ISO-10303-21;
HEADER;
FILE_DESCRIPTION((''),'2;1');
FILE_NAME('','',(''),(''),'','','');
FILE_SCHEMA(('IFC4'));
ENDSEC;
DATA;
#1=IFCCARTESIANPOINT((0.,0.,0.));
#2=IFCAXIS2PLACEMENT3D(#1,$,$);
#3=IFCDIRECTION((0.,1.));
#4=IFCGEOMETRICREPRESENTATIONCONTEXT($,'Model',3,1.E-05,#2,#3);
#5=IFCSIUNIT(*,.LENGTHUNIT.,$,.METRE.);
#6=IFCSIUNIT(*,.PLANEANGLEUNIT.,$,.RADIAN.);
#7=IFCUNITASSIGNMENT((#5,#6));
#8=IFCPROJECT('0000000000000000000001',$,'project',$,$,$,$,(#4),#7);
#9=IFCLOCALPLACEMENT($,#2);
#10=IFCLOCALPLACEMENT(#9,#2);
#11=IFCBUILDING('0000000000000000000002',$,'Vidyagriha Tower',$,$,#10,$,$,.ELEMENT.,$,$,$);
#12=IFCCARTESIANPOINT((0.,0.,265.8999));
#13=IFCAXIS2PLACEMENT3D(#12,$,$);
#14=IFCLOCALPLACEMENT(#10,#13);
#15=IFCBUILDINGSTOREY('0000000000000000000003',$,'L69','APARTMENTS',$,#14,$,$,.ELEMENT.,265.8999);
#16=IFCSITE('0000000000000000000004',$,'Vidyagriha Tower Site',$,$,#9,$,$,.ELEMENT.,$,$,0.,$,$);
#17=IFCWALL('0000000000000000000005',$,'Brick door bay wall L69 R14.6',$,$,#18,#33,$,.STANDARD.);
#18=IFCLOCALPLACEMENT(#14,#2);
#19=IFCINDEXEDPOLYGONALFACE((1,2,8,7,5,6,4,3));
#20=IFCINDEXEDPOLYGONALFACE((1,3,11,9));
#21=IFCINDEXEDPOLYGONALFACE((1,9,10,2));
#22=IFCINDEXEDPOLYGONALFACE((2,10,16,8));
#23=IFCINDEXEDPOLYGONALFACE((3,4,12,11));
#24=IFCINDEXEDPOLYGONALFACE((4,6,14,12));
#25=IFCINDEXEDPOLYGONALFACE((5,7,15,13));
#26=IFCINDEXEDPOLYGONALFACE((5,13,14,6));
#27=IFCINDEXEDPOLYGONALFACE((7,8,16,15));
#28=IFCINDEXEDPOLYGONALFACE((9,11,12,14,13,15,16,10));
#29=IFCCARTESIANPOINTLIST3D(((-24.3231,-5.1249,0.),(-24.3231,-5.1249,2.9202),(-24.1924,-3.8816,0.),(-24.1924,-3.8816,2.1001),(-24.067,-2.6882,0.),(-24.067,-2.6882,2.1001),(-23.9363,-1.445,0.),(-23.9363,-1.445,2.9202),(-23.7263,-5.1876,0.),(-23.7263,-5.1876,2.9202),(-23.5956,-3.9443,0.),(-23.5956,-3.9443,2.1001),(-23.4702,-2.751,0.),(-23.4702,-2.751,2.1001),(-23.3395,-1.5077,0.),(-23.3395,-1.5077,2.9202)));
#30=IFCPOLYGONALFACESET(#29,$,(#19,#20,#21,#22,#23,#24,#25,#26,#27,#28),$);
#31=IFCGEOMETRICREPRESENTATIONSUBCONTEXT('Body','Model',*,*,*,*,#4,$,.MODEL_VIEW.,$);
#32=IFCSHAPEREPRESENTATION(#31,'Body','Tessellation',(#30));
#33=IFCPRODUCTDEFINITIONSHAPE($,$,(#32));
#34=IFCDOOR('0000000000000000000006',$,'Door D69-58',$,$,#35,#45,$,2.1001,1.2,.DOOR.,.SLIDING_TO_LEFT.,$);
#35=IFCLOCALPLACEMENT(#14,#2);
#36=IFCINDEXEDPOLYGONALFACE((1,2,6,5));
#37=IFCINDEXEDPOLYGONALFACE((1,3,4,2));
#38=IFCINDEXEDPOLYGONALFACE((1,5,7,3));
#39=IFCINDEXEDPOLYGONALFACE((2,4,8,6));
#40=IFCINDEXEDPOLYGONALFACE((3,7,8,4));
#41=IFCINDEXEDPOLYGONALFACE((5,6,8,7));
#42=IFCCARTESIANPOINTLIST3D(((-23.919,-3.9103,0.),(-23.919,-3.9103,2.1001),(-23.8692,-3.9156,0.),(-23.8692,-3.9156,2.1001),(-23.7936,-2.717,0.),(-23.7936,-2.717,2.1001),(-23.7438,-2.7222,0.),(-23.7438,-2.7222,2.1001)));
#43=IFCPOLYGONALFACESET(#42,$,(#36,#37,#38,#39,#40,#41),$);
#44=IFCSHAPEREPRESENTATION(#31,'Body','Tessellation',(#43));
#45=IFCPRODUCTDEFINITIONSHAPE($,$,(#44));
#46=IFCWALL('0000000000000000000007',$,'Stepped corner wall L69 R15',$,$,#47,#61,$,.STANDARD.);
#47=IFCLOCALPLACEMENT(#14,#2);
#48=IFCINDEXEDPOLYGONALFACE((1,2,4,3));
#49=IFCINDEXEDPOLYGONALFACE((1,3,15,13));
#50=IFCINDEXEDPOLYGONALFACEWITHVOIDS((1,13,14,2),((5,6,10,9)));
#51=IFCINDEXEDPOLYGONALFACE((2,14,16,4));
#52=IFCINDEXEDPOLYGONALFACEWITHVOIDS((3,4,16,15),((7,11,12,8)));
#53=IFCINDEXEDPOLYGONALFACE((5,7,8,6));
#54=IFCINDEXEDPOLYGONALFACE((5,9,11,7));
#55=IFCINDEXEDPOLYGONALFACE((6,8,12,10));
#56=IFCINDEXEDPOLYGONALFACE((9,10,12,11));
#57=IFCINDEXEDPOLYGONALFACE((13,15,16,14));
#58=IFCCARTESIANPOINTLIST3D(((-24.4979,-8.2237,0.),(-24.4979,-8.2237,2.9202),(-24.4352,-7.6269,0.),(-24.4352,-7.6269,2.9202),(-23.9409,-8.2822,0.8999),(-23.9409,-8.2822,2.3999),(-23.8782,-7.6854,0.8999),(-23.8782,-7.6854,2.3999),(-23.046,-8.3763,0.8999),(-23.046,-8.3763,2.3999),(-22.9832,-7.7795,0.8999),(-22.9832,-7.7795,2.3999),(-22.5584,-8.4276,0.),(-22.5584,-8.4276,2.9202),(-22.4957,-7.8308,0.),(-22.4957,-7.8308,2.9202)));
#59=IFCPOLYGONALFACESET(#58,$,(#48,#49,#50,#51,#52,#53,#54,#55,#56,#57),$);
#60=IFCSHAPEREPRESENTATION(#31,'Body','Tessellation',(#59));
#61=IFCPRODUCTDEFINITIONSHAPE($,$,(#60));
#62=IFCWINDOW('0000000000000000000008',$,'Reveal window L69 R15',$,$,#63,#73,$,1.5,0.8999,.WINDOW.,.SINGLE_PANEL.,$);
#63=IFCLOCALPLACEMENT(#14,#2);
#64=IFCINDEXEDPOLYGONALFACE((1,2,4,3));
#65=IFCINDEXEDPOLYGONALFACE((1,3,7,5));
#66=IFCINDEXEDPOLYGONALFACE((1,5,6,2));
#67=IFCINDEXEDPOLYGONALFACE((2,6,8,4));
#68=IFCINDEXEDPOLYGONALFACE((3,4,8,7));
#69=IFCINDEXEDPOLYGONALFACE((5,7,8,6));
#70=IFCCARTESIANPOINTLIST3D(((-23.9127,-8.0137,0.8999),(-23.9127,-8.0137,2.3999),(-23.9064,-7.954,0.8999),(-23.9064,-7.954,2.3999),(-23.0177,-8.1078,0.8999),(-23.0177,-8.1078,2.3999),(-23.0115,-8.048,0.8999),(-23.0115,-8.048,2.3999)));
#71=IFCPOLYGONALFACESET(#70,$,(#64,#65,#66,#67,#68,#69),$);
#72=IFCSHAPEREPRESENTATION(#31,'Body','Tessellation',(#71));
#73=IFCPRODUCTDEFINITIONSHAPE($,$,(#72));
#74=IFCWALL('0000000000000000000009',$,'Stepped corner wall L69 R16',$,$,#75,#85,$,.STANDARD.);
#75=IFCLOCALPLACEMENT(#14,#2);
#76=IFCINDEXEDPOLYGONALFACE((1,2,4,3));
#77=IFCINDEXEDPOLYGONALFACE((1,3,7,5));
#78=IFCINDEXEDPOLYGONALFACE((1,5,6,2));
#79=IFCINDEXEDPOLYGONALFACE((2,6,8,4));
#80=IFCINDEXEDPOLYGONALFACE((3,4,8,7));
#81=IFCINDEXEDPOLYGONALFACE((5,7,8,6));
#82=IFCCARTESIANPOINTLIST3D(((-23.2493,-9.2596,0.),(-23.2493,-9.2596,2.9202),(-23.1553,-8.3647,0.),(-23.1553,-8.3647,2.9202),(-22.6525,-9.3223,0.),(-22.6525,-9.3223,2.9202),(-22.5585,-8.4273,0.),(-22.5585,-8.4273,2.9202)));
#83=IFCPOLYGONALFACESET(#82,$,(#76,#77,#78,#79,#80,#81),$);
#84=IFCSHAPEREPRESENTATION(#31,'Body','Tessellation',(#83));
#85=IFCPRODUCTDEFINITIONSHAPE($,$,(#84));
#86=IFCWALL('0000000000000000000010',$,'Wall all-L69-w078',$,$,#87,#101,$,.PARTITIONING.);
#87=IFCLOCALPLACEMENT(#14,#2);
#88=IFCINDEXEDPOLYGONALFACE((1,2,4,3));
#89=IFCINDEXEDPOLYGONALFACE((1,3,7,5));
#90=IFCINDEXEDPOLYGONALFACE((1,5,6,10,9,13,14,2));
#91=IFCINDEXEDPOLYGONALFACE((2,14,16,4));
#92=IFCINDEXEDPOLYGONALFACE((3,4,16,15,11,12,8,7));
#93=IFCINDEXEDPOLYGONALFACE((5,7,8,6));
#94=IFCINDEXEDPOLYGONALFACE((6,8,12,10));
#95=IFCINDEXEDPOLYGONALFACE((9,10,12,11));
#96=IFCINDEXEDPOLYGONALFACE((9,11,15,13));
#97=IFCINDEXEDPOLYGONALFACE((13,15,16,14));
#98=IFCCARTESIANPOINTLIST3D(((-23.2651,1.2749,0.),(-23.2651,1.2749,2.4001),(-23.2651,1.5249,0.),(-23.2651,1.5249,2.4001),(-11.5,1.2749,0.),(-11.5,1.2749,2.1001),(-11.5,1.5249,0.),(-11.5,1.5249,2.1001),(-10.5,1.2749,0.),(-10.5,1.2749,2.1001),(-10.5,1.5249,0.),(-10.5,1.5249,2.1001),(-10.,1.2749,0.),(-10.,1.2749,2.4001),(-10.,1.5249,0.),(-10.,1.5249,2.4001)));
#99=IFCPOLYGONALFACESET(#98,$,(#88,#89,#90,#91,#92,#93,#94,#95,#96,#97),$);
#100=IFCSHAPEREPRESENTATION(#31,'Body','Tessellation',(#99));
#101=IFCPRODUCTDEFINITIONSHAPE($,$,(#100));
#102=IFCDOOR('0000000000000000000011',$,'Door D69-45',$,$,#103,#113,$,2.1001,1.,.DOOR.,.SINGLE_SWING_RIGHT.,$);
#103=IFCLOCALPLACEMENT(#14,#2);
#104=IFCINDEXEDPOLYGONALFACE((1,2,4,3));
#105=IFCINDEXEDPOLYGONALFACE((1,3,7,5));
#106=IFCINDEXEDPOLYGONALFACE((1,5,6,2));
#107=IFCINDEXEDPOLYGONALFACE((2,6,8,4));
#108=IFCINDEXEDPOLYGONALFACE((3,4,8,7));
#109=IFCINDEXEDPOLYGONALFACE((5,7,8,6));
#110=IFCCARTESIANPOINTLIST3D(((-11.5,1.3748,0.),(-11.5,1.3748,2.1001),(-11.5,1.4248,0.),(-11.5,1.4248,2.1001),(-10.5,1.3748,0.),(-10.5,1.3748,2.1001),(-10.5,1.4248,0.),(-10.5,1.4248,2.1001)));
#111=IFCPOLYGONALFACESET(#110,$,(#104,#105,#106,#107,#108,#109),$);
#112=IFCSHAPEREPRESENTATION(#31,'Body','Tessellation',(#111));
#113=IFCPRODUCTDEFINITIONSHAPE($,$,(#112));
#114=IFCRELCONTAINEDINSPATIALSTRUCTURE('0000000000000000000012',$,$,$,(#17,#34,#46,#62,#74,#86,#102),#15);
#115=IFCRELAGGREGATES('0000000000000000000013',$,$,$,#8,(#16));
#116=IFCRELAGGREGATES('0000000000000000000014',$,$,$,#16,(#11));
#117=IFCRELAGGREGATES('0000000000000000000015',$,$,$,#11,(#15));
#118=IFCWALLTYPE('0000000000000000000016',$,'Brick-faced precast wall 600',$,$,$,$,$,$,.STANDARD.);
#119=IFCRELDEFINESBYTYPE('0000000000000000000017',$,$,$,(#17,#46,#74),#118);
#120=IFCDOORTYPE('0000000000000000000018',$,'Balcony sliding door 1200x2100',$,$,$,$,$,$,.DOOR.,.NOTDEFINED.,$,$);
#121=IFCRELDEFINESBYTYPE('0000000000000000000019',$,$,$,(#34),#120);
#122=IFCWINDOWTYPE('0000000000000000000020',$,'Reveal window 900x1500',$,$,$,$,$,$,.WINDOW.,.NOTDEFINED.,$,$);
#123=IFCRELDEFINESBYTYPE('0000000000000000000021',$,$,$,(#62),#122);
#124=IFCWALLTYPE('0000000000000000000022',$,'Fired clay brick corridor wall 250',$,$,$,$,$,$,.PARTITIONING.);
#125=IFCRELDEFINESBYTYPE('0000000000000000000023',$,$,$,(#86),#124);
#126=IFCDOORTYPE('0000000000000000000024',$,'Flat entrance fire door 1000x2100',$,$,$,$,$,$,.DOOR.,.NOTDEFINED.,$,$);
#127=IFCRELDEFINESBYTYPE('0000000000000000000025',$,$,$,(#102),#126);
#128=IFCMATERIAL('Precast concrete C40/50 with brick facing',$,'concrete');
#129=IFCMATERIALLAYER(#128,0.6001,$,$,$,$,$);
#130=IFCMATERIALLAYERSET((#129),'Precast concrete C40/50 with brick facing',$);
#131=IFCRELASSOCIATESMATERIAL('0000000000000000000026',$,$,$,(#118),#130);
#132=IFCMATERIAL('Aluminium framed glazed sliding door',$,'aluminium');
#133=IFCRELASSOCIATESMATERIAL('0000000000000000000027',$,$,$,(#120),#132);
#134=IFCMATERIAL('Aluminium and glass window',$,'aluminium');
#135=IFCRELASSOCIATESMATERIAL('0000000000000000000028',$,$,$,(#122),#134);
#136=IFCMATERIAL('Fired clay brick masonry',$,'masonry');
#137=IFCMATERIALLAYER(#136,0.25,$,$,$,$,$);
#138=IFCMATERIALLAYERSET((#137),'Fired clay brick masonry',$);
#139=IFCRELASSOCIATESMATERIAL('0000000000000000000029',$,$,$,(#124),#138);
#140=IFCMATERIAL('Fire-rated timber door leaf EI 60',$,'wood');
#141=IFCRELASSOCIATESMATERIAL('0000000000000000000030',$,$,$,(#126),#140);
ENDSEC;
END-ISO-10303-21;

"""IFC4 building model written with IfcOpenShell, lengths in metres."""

from ifc_helpers import new_model, si_unit, direction, frame, frame_2d, origin, place, context, subcontext, project, spatial, rectangle, extrude, material, layer, layer_set, type_object, element, fill, save


model = new_model("IFC4")

# Units and contexts
model_context = context("Model", 3, precision=1e-05, world=origin(), true_north=direction((0.0, 1.0)))
body_context = subcontext(model_context, "Body", "Model", "MODEL_VIEW")
ifc_project = project(units=[si_unit("LENGTHUNIT", "METRE"), si_unit("PLANEANGLEUNIT", "RADIAN")], contexts=[model_context])

# Site, building, storey
site_placement = place(None, origin())
site = spatial("IfcSite", under=ifc_project, at=site_placement, Name="Vidyagriha Tower Site", CompositionType="ELEMENT", RefElevation=0.0)
building_placement = place(site_placement, origin())
building = spatial("IfcBuilding", under=site, at=building_placement, Name="Vidyagriha Tower", CompositionType="ELEMENT")
storey_placement = place(building_placement, frame((0.0, 0.0, 265.8999)))
storey = spatial("IfcBuildingStorey", under=building, at=storey_placement, Name="L69", Description="APARTMENTS", CompositionType="ELEMENT", Elevation=265.8999)

# Wall, opening, door
ifc_material_1 = material(Name="Precast concrete C40/50 with brick facing", Category="concrete")
ifc_layer_1 = layer(ifc_material_1, 0.6001)
ifc_layer_set_1 = layer_set([ifc_layer_1], Name="Precast concrete C40/50 with brick facing")
wall_type_1 = type_object("IfcWallType", Name="Brick-faced precast wall 600", PredefinedType="STANDARD", material=ifc_layer_set_1)
wall_1_placement = place(storey_placement, frame((-23.6379, -1.4763, 0.0), z_axis=(0.0, 0.0, 1.0), x_axis=(-0.104513, -0.994524, 0.0)))
wall_1 = element("IfcWall", 1, at=wall_1_placement, inside=storey, type_object=wall_type_1, Name="Brick door bay wall L69 R14.6", PredefinedType="STANDARD", context=body_context, shape_type="SweptSolid", body=[
    extrude(rectangle(XDim=3.7002, YDim=0.6001, at=frame_2d((1.8501, 0.0))), origin(), (0.0, 0.0, 1.0), 2.9202),
])
opening_1_placement = place(wall_1_placement, frame((1.25, 0.0, 0.0)))
opening_1 = element("IfcOpeningElement", 2, at=opening_1_placement, cuts=wall_1, PredefinedType="OPENING", context=body_context, shape_type="SweptSolid", body=[
    extrude(rectangle(XDim=1.2, YDim=2.1001, at=frame_2d((0.6001, 1.05))), frame((0.0, 0.3101, 0.0), z_axis=(0.0, -1.0, 0.0), x_axis=(1.0, 0.0, 0.0)), (0.0, 0.0, 1.0), 0.6201),
])
ifc_material_2 = material(Name="Aluminium framed glazed sliding door", Category="aluminium")
door_type_1 = type_object("IfcDoorType", Name="Balcony sliding door 1200x2100", OperationType="NOTDEFINED", PredefinedType="DOOR", material=ifc_material_2)
door_1_placement = place(opening_1_placement, origin())
door_1 = element("IfcDoor", 3, at=door_1_placement, inside=storey, type_object=door_type_1, Name="Door D69-58", OperationType="SLIDING_TO_LEFT", OverallHeight=2.1001, OverallWidth=1.2, PredefinedType="DOOR", context=body_context, shape_type="SweptSolid", body=[
    extrude(rectangle(XDim=1.2, YDim=2.1001, at=frame_2d((0.6001, 1.05))), frame((0.0, 0.0249, 0.0), z_axis=(0.0, -1.0, 0.0), x_axis=(1.0, 0.0, 0.0)), (0.0, 0.0, 1.0), 0.05),
])
fill(opening_1, door_1)

# Wall, opening, window
wall_2_placement = place(storey_placement, frame((-24.4666, -7.9253, 0.0), z_axis=(0.0, 0.0, 1.0), x_axis=(0.994521, -0.104535, 0.0)))
wall_2 = element("IfcWall", 4, at=wall_2_placement, inside=storey, type_object=wall_type_1, Name="Stepped corner wall L69 R15", PredefinedType="STANDARD", context=body_context, shape_type="SweptSolid", body=[
    extrude(rectangle(XDim=1.9502, YDim=0.6001, at=frame_2d((0.9751, 0.0))), origin(), (0.0, 0.0, 1.0), 2.9202),
])
opening_2_placement = place(wall_2_placement, frame((0.5601, 0.0, 0.8999)))
opening_2 = element("IfcOpeningElement", 5, at=opening_2_placement, cuts=wall_2, PredefinedType="OPENING", context=body_context, shape_type="SweptSolid", body=[
    extrude(rectangle(XDim=0.8999, YDim=1.5, at=frame_2d((0.45, 0.75))), frame((0.0, 0.3101, 0.0), z_axis=(0.0, -1.0, 0.0), x_axis=(1.0, 0.0, 0.0)), (0.0, 0.0, 1.0), 0.6201),
])
ifc_material_3 = material(Name="Aluminium and glass window", Category="aluminium")
window_type = type_object("IfcWindowType", Name="Reveal window 900x1500", PartitioningType="NOTDEFINED", PredefinedType="WINDOW", material=ifc_material_3)
window_placement = place(opening_2_placement, origin())
window = element("IfcWindow", 6, at=window_placement, inside=storey, type_object=window_type, Name="Reveal window L69 R15", OverallHeight=1.5, OverallWidth=0.8999, PartitioningType="SINGLE_PANEL", PredefinedType="WINDOW", context=body_context, shape_type="SweptSolid", body=[
    extrude(rectangle(XDim=0.8999, YDim=1.5, at=frame_2d((0.45, 0.75))), frame((0.0, 0.03, 0.0), z_axis=(0.0, -1.0, 0.0), x_axis=(1.0, 0.0, 0.0)), (0.0, 0.0, 1.0), 0.0601),
])
fill(opening_2, window)

# Wall
wall_3_placement = place(storey_placement, frame((-22.8569, -8.396, 0.0), z_axis=(0.0, 0.0, 1.0), x_axis=(-0.104445, -0.994531, 0.0)))
element("IfcWall", 7, at=wall_3_placement, inside=storey, type_object=wall_type_1, Name="Stepped corner wall L69 R16", PredefinedType="STANDARD", context=body_context, shape_type="SweptSolid", body=[
    extrude(rectangle(XDim=0.8999, YDim=0.6001, at=frame_2d((0.45, 0.0))), origin(), (0.0, 0.0, 1.0), 2.9202),
])

# Wall, opening, door
ifc_material_4 = material(Name="Fired clay brick masonry", Category="masonry")
ifc_layer_2 = layer(ifc_material_4, 0.25)
ifc_layer_set_2 = layer_set([ifc_layer_2], Name="Fired clay brick masonry")
wall_type_2 = type_object("IfcWallType", Name="Fired clay brick corridor wall 250", PredefinedType="PARTITIONING", material=ifc_layer_set_2)
wall_4_placement = place(storey_placement, frame((-23.2651, 1.3999, 0.0)))
wall_4 = element("IfcWall", 8, at=wall_4_placement, inside=storey, type_object=wall_type_2, Name="Wall all-L69-w078", PredefinedType="PARTITIONING", context=body_context, shape_type="SweptSolid", body=[
    extrude(rectangle(XDim=13.2651, YDim=0.25, at=frame_2d((6.6326, 0.0))), origin(), (0.0, 0.0, 1.0), 2.4001),
])
opening_3_placement = place(wall_4_placement, frame((11.7651, 0.0, 0.0)))
opening_3 = element("IfcOpeningElement", 9, at=opening_3_placement, cuts=wall_4, PredefinedType="OPENING", context=body_context, shape_type="SweptSolid", body=[
    extrude(rectangle(XDim=1.0, YDim=2.1001, at=frame_2d((0.5, 1.05))), frame((0.0, 0.135, 0.0), z_axis=(0.0, -1.0, 0.0), x_axis=(1.0, 0.0, 0.0)), (0.0, 0.0, 1.0), 0.27),
])
ifc_material_5 = material(Name="Fire-rated timber door leaf EI 60", Category="wood")
door_type_2 = type_object("IfcDoorType", Name="Flat entrance fire door 1000x2100", OperationType="NOTDEFINED", PredefinedType="DOOR", material=ifc_material_5)
door_2_placement = place(opening_3_placement, origin())
door_2 = element("IfcDoor", 10, at=door_2_placement, inside=storey, type_object=door_type_2, Name="Door D69-45", OperationType="SINGLE_SWING_RIGHT", OverallHeight=2.1001, OverallWidth=1.0, PredefinedType="DOOR", context=body_context, shape_type="SweptSolid", body=[
    extrude(rectangle(XDim=1.0, YDim=2.1001, at=frame_2d((0.5, 1.05))), frame((0.0, 0.0249, 0.0), z_axis=(0.0, -1.0, 0.0), x_axis=(1.0, 0.0, 0.0)), (0.0, 0.0, 1.0), 0.05),
])
fill(opening_3, door_2)

save(model, "model.ifc")
